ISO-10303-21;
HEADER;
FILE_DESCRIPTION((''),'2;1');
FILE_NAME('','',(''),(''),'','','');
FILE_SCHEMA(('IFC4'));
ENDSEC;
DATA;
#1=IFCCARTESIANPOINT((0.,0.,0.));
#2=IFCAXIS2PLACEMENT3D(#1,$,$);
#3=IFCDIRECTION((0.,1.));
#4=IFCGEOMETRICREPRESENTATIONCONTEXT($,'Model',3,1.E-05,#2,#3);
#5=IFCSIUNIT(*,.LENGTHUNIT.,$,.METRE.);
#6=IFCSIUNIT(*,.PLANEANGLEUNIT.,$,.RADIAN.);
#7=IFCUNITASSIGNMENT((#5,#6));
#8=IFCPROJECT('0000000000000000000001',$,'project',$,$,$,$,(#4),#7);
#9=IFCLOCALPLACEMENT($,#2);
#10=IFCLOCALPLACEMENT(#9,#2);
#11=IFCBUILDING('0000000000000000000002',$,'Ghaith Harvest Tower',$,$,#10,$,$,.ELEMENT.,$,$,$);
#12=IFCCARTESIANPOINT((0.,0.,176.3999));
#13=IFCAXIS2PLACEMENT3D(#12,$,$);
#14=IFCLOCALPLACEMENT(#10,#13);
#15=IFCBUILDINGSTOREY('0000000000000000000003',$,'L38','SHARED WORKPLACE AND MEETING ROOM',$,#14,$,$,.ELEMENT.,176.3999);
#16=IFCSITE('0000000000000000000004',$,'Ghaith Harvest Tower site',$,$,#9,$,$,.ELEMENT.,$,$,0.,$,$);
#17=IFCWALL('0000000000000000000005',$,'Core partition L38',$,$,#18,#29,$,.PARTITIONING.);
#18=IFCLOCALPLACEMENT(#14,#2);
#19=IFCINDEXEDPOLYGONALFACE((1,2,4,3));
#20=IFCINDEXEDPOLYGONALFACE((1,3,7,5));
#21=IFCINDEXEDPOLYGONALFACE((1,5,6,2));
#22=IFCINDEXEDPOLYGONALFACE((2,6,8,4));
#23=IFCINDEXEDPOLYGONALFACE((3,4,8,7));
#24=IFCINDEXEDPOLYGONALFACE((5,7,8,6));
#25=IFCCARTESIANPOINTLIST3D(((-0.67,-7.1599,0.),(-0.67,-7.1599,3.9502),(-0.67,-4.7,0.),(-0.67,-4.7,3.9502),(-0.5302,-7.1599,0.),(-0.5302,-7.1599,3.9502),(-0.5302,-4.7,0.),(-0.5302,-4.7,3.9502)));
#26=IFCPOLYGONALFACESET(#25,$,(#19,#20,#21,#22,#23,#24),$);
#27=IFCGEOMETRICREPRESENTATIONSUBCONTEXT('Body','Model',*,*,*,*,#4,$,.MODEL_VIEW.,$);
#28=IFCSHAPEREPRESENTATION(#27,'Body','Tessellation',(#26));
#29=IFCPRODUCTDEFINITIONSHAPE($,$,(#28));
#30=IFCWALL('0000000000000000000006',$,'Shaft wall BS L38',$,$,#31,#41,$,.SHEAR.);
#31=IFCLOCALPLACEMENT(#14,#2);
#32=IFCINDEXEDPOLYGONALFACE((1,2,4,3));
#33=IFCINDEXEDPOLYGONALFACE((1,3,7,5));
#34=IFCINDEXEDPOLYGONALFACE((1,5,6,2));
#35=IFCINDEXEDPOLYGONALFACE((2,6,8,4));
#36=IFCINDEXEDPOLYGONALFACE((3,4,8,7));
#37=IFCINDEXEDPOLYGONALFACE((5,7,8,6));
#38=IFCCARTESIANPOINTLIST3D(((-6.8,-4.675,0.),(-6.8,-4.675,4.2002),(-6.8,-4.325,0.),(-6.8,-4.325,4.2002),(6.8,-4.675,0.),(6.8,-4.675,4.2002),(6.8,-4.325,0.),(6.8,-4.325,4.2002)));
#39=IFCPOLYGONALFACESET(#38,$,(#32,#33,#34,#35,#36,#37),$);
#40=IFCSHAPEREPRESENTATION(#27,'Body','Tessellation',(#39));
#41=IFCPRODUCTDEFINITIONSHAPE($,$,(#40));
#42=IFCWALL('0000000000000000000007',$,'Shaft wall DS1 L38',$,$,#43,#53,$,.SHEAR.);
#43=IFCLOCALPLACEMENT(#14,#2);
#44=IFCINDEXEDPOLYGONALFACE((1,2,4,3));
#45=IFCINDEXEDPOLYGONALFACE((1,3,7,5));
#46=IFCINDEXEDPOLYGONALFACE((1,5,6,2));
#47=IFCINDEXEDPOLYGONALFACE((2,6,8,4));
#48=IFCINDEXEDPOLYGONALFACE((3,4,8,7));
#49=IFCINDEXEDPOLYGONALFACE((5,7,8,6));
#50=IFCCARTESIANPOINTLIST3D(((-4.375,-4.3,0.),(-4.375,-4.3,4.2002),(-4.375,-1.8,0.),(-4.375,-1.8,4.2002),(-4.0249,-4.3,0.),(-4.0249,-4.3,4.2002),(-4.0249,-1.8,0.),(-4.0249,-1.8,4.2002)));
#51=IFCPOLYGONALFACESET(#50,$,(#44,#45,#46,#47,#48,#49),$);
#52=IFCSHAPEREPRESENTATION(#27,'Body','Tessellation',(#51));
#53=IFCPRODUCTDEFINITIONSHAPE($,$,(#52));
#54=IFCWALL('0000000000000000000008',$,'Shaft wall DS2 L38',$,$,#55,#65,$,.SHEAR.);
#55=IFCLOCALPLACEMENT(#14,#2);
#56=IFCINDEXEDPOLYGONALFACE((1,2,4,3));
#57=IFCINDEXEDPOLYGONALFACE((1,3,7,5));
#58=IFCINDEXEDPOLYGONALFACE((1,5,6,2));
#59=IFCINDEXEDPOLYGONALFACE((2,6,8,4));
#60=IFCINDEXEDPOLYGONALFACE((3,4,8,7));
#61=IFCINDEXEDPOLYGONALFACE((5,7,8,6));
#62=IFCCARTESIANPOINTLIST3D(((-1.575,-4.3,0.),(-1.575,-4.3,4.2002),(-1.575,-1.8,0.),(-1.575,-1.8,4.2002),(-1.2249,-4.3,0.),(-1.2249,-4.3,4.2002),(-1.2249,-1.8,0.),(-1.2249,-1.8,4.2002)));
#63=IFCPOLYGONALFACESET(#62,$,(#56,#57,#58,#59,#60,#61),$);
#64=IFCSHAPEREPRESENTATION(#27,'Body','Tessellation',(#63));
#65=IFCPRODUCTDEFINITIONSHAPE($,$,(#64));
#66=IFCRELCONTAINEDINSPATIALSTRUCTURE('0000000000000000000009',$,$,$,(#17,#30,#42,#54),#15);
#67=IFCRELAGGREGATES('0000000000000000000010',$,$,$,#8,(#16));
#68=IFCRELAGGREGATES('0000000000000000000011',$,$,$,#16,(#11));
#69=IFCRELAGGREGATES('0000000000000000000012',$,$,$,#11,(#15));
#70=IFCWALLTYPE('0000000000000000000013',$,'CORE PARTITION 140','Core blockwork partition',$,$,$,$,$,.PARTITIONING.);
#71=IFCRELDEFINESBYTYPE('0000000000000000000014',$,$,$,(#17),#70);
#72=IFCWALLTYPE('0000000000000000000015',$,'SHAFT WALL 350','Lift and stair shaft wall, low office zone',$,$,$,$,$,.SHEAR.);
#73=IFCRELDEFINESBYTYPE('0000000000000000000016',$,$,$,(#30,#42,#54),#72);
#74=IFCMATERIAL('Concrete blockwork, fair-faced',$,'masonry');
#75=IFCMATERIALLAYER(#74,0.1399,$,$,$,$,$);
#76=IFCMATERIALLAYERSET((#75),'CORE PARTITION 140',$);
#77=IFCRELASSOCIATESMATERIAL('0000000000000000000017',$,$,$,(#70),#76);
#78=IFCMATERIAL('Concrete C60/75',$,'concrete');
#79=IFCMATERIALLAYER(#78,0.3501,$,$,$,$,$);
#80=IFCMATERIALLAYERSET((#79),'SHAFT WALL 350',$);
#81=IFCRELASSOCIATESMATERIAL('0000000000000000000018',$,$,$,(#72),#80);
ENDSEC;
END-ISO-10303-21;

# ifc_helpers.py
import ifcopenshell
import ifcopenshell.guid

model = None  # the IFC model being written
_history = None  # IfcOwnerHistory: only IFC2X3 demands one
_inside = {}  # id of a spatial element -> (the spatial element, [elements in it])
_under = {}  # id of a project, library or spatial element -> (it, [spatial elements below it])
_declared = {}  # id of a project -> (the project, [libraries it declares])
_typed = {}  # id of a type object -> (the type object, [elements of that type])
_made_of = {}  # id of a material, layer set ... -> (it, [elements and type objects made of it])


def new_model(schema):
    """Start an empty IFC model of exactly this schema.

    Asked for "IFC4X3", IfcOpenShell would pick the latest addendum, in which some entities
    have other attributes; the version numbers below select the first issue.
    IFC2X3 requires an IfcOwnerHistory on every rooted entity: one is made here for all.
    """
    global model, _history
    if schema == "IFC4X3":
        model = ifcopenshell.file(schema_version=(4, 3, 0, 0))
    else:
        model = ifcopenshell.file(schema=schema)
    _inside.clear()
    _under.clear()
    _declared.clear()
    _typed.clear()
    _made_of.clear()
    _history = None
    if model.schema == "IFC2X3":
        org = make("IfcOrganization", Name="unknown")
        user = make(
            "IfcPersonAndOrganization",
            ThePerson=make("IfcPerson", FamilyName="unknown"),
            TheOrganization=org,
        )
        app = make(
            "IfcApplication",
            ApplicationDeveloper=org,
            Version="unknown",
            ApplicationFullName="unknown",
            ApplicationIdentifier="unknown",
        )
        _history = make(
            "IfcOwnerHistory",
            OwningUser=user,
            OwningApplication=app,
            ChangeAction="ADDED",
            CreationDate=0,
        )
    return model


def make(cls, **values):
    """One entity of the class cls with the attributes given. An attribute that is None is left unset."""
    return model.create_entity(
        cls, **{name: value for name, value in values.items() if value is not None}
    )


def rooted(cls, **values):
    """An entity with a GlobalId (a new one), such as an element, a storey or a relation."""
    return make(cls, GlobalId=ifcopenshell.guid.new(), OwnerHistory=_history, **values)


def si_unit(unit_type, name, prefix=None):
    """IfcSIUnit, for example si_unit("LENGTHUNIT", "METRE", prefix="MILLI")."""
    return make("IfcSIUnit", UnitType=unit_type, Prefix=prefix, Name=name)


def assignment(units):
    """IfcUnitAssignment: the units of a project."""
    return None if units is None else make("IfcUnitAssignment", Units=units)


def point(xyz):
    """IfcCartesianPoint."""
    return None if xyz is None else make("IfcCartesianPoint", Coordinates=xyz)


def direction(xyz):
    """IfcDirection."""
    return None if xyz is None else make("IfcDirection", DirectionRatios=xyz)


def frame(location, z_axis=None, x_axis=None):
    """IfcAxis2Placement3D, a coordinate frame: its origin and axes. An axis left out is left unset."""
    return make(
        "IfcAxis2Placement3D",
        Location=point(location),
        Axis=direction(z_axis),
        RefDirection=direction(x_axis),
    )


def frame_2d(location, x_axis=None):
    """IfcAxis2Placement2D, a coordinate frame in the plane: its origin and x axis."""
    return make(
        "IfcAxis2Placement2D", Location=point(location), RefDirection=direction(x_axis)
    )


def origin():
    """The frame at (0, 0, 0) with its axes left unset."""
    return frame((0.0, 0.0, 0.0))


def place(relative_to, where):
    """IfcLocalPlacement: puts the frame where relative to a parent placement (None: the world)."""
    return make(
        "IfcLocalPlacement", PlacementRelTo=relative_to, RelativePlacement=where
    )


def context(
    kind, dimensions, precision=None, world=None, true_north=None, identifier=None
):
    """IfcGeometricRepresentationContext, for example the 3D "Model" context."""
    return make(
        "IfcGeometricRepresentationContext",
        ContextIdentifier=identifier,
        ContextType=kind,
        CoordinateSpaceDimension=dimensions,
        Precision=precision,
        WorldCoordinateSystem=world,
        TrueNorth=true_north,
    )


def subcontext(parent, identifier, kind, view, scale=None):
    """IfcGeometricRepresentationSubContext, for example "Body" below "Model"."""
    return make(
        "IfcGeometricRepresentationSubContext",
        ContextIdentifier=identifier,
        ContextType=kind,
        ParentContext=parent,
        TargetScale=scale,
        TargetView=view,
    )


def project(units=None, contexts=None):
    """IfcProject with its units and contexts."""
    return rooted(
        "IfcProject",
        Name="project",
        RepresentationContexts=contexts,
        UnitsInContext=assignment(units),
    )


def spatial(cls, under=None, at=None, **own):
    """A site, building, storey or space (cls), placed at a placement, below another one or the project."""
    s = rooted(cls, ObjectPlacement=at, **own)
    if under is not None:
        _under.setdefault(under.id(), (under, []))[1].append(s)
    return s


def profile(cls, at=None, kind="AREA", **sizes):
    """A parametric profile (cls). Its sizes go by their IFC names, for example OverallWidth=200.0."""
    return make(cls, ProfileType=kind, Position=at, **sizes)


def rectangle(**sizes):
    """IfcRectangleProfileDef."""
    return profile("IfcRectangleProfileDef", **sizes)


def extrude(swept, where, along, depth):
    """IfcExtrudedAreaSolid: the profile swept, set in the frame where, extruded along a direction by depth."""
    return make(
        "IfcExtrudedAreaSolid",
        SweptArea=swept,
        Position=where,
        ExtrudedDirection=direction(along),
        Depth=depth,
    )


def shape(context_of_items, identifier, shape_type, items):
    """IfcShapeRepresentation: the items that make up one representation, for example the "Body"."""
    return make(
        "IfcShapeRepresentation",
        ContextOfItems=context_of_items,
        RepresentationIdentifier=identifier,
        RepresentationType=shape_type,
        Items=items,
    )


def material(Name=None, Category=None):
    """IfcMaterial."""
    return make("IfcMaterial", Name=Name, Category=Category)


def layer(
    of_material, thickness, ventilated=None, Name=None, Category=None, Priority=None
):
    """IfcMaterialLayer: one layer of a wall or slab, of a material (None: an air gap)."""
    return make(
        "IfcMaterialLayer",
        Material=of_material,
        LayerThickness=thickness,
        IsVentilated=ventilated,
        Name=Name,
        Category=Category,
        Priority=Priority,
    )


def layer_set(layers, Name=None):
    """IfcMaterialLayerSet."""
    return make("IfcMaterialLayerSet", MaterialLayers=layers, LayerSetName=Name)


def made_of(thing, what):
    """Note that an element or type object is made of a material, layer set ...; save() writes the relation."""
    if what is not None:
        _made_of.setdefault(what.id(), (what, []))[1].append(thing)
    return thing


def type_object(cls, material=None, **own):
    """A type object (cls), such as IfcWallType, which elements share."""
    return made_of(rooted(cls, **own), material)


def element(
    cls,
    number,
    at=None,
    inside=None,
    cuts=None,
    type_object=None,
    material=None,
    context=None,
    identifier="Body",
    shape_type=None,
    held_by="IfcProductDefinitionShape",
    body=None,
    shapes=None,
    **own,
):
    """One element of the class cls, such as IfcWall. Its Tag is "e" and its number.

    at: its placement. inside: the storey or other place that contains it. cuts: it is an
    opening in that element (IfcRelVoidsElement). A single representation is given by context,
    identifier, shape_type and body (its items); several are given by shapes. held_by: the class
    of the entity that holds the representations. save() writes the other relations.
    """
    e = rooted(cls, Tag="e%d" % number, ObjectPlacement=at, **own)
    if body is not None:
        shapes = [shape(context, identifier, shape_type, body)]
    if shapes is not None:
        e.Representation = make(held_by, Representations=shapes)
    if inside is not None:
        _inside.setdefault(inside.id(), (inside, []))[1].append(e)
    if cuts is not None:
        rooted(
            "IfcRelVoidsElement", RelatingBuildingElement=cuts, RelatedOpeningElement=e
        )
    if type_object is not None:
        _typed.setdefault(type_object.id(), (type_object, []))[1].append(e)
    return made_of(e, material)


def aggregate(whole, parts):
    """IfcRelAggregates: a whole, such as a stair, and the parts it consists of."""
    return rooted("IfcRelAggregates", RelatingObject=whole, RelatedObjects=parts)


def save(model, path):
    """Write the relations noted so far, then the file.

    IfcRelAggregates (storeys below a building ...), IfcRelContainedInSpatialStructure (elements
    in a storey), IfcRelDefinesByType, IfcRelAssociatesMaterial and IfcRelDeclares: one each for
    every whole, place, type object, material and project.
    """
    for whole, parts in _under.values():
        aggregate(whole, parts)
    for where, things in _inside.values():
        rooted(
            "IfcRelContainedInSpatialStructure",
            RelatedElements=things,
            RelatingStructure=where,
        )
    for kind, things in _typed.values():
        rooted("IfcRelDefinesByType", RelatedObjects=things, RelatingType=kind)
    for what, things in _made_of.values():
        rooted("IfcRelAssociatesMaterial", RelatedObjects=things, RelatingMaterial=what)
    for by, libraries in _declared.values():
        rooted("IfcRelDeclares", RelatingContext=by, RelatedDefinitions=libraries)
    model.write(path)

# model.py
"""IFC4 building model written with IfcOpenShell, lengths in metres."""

from ifc_helpers import new_model, si_unit, direction, frame, frame_2d, origin, place, context, subcontext, project, spatial, rectangle, extrude, material, layer, layer_set, type_object, element, save


model = new_model("IFC4")

# Units and contexts
model_context = context("Model", 3, precision=1e-05, world=origin(), true_north=direction((0.0, 1.0)))
body_context = subcontext(model_context, "Body", "Model", "MODEL_VIEW")
ifc_project = project(units=[si_unit("LENGTHUNIT", "METRE"), si_unit("PLANEANGLEUNIT", "RADIAN")], contexts=[model_context])

# Site, building, storey
site_placement = place(None, origin())
site = spatial("IfcSite", under=ifc_project, at=site_placement, Name="Ghaith Harvest Tower site", CompositionType="ELEMENT", RefElevation=0.0)
building_placement = place(site_placement, origin())
building = spatial("IfcBuilding", under=site, at=building_placement, Name="Ghaith Harvest Tower", CompositionType="ELEMENT")
storey_placement = place(building_placement, frame((0.0, 0.0, 176.3999)))
storey = spatial("IfcBuildingStorey", under=building, at=storey_placement, Name="L38", Description="SHARED WORKPLACE AND MEETING ROOM", CompositionType="ELEMENT", Elevation=176.3999)

# Shared definitions
ifc_material_1 = material(Name="Concrete blockwork, fair-faced", Category="masonry")
ifc_layer_1 = layer(ifc_material_1, 0.1399)
ifc_layer_set_1 = layer_set([ifc_layer_1], Name="CORE PARTITION 140")
wall_type_1 = type_object("IfcWallType", Name="CORE PARTITION 140", Description="Core blockwork partition", PredefinedType="PARTITIONING", material=ifc_layer_set_1)

# Wall
for number, where, z_axis, x_axis, name in (
    (1, (-0.6001, -4.7, 0.0), (0.0, 0.0, 1.0), (0.0, -1.0, 0.0), "Core partition L38"),
):
    element("IfcWall", number, at=place(storey_placement, frame(where, z_axis=z_axis, x_axis=x_axis)), inside=storey, type_object=wall_type_1, Name=name, PredefinedType="PARTITIONING", context=body_context, shape_type="SweptSolid", body=[
        extrude(rectangle(XDim=2.46, YDim=0.1399, at=frame_2d((1.23, 0.0))), origin(), (0.0, 0.0, 1.0), 3.9502),
    ])

# Shared definitions
ifc_material_2 = material(Name="Concrete C60/75", Category="concrete")
ifc_layer_2 = layer(ifc_material_2, 0.3501)
ifc_layer_set_2 = layer_set([ifc_layer_2], Name="SHAFT WALL 350")
wall_type_2 = type_object("IfcWallType", Name="SHAFT WALL 350", Description="Lift and stair shaft wall, low office zone", PredefinedType="SHEAR", material=ifc_layer_set_2)

# Walls
wall_1_placement = place(storey_placement, frame((-6.8, -4.5, 0.0), z_axis=(0.0, 0.0, 1.0), x_axis=(1.0, 0.0, 0.0)))
element("IfcWall", 2, at=wall_1_placement, inside=storey, type_object=wall_type_2, Name="Shaft wall BS L38", PredefinedType="SHEAR", context=body_context, shape_type="SweptSolid", body=[
    extrude(rectangle(XDim=13.6001, YDim=0.3501, at=frame_2d((6.8, 0.0))), origin(), (0.0, 0.0, 1.0), 4.2002),
])
for number, where, z_axis, x_axis, name in (
    (3, (-4.2, -4.3, 0.0), (0.0, 0.0, 1.0), (0.0, 1.0, 0.0), "Shaft wall DS1 L38"),
    (4, (-1.3999, -4.3, 0.0), (0.0, 0.0, 1.0), (0.0, 1.0, 0.0), "Shaft wall DS2 L38"),
):
    element("IfcWall", number, at=place(storey_placement, frame(where, z_axis=z_axis, x_axis=x_axis)), inside=storey, type_object=wall_type_2, Name=name, PredefinedType="SHEAR", context=body_context, shape_type="SweptSolid", body=[
        extrude(rectangle(XDim=2.5, YDim=0.3501, at=frame_2d((1.25, 0.0))), origin(), (0.0, 0.0, 1.0), 4.2002),
    ])

save(model, "model.ifc")
